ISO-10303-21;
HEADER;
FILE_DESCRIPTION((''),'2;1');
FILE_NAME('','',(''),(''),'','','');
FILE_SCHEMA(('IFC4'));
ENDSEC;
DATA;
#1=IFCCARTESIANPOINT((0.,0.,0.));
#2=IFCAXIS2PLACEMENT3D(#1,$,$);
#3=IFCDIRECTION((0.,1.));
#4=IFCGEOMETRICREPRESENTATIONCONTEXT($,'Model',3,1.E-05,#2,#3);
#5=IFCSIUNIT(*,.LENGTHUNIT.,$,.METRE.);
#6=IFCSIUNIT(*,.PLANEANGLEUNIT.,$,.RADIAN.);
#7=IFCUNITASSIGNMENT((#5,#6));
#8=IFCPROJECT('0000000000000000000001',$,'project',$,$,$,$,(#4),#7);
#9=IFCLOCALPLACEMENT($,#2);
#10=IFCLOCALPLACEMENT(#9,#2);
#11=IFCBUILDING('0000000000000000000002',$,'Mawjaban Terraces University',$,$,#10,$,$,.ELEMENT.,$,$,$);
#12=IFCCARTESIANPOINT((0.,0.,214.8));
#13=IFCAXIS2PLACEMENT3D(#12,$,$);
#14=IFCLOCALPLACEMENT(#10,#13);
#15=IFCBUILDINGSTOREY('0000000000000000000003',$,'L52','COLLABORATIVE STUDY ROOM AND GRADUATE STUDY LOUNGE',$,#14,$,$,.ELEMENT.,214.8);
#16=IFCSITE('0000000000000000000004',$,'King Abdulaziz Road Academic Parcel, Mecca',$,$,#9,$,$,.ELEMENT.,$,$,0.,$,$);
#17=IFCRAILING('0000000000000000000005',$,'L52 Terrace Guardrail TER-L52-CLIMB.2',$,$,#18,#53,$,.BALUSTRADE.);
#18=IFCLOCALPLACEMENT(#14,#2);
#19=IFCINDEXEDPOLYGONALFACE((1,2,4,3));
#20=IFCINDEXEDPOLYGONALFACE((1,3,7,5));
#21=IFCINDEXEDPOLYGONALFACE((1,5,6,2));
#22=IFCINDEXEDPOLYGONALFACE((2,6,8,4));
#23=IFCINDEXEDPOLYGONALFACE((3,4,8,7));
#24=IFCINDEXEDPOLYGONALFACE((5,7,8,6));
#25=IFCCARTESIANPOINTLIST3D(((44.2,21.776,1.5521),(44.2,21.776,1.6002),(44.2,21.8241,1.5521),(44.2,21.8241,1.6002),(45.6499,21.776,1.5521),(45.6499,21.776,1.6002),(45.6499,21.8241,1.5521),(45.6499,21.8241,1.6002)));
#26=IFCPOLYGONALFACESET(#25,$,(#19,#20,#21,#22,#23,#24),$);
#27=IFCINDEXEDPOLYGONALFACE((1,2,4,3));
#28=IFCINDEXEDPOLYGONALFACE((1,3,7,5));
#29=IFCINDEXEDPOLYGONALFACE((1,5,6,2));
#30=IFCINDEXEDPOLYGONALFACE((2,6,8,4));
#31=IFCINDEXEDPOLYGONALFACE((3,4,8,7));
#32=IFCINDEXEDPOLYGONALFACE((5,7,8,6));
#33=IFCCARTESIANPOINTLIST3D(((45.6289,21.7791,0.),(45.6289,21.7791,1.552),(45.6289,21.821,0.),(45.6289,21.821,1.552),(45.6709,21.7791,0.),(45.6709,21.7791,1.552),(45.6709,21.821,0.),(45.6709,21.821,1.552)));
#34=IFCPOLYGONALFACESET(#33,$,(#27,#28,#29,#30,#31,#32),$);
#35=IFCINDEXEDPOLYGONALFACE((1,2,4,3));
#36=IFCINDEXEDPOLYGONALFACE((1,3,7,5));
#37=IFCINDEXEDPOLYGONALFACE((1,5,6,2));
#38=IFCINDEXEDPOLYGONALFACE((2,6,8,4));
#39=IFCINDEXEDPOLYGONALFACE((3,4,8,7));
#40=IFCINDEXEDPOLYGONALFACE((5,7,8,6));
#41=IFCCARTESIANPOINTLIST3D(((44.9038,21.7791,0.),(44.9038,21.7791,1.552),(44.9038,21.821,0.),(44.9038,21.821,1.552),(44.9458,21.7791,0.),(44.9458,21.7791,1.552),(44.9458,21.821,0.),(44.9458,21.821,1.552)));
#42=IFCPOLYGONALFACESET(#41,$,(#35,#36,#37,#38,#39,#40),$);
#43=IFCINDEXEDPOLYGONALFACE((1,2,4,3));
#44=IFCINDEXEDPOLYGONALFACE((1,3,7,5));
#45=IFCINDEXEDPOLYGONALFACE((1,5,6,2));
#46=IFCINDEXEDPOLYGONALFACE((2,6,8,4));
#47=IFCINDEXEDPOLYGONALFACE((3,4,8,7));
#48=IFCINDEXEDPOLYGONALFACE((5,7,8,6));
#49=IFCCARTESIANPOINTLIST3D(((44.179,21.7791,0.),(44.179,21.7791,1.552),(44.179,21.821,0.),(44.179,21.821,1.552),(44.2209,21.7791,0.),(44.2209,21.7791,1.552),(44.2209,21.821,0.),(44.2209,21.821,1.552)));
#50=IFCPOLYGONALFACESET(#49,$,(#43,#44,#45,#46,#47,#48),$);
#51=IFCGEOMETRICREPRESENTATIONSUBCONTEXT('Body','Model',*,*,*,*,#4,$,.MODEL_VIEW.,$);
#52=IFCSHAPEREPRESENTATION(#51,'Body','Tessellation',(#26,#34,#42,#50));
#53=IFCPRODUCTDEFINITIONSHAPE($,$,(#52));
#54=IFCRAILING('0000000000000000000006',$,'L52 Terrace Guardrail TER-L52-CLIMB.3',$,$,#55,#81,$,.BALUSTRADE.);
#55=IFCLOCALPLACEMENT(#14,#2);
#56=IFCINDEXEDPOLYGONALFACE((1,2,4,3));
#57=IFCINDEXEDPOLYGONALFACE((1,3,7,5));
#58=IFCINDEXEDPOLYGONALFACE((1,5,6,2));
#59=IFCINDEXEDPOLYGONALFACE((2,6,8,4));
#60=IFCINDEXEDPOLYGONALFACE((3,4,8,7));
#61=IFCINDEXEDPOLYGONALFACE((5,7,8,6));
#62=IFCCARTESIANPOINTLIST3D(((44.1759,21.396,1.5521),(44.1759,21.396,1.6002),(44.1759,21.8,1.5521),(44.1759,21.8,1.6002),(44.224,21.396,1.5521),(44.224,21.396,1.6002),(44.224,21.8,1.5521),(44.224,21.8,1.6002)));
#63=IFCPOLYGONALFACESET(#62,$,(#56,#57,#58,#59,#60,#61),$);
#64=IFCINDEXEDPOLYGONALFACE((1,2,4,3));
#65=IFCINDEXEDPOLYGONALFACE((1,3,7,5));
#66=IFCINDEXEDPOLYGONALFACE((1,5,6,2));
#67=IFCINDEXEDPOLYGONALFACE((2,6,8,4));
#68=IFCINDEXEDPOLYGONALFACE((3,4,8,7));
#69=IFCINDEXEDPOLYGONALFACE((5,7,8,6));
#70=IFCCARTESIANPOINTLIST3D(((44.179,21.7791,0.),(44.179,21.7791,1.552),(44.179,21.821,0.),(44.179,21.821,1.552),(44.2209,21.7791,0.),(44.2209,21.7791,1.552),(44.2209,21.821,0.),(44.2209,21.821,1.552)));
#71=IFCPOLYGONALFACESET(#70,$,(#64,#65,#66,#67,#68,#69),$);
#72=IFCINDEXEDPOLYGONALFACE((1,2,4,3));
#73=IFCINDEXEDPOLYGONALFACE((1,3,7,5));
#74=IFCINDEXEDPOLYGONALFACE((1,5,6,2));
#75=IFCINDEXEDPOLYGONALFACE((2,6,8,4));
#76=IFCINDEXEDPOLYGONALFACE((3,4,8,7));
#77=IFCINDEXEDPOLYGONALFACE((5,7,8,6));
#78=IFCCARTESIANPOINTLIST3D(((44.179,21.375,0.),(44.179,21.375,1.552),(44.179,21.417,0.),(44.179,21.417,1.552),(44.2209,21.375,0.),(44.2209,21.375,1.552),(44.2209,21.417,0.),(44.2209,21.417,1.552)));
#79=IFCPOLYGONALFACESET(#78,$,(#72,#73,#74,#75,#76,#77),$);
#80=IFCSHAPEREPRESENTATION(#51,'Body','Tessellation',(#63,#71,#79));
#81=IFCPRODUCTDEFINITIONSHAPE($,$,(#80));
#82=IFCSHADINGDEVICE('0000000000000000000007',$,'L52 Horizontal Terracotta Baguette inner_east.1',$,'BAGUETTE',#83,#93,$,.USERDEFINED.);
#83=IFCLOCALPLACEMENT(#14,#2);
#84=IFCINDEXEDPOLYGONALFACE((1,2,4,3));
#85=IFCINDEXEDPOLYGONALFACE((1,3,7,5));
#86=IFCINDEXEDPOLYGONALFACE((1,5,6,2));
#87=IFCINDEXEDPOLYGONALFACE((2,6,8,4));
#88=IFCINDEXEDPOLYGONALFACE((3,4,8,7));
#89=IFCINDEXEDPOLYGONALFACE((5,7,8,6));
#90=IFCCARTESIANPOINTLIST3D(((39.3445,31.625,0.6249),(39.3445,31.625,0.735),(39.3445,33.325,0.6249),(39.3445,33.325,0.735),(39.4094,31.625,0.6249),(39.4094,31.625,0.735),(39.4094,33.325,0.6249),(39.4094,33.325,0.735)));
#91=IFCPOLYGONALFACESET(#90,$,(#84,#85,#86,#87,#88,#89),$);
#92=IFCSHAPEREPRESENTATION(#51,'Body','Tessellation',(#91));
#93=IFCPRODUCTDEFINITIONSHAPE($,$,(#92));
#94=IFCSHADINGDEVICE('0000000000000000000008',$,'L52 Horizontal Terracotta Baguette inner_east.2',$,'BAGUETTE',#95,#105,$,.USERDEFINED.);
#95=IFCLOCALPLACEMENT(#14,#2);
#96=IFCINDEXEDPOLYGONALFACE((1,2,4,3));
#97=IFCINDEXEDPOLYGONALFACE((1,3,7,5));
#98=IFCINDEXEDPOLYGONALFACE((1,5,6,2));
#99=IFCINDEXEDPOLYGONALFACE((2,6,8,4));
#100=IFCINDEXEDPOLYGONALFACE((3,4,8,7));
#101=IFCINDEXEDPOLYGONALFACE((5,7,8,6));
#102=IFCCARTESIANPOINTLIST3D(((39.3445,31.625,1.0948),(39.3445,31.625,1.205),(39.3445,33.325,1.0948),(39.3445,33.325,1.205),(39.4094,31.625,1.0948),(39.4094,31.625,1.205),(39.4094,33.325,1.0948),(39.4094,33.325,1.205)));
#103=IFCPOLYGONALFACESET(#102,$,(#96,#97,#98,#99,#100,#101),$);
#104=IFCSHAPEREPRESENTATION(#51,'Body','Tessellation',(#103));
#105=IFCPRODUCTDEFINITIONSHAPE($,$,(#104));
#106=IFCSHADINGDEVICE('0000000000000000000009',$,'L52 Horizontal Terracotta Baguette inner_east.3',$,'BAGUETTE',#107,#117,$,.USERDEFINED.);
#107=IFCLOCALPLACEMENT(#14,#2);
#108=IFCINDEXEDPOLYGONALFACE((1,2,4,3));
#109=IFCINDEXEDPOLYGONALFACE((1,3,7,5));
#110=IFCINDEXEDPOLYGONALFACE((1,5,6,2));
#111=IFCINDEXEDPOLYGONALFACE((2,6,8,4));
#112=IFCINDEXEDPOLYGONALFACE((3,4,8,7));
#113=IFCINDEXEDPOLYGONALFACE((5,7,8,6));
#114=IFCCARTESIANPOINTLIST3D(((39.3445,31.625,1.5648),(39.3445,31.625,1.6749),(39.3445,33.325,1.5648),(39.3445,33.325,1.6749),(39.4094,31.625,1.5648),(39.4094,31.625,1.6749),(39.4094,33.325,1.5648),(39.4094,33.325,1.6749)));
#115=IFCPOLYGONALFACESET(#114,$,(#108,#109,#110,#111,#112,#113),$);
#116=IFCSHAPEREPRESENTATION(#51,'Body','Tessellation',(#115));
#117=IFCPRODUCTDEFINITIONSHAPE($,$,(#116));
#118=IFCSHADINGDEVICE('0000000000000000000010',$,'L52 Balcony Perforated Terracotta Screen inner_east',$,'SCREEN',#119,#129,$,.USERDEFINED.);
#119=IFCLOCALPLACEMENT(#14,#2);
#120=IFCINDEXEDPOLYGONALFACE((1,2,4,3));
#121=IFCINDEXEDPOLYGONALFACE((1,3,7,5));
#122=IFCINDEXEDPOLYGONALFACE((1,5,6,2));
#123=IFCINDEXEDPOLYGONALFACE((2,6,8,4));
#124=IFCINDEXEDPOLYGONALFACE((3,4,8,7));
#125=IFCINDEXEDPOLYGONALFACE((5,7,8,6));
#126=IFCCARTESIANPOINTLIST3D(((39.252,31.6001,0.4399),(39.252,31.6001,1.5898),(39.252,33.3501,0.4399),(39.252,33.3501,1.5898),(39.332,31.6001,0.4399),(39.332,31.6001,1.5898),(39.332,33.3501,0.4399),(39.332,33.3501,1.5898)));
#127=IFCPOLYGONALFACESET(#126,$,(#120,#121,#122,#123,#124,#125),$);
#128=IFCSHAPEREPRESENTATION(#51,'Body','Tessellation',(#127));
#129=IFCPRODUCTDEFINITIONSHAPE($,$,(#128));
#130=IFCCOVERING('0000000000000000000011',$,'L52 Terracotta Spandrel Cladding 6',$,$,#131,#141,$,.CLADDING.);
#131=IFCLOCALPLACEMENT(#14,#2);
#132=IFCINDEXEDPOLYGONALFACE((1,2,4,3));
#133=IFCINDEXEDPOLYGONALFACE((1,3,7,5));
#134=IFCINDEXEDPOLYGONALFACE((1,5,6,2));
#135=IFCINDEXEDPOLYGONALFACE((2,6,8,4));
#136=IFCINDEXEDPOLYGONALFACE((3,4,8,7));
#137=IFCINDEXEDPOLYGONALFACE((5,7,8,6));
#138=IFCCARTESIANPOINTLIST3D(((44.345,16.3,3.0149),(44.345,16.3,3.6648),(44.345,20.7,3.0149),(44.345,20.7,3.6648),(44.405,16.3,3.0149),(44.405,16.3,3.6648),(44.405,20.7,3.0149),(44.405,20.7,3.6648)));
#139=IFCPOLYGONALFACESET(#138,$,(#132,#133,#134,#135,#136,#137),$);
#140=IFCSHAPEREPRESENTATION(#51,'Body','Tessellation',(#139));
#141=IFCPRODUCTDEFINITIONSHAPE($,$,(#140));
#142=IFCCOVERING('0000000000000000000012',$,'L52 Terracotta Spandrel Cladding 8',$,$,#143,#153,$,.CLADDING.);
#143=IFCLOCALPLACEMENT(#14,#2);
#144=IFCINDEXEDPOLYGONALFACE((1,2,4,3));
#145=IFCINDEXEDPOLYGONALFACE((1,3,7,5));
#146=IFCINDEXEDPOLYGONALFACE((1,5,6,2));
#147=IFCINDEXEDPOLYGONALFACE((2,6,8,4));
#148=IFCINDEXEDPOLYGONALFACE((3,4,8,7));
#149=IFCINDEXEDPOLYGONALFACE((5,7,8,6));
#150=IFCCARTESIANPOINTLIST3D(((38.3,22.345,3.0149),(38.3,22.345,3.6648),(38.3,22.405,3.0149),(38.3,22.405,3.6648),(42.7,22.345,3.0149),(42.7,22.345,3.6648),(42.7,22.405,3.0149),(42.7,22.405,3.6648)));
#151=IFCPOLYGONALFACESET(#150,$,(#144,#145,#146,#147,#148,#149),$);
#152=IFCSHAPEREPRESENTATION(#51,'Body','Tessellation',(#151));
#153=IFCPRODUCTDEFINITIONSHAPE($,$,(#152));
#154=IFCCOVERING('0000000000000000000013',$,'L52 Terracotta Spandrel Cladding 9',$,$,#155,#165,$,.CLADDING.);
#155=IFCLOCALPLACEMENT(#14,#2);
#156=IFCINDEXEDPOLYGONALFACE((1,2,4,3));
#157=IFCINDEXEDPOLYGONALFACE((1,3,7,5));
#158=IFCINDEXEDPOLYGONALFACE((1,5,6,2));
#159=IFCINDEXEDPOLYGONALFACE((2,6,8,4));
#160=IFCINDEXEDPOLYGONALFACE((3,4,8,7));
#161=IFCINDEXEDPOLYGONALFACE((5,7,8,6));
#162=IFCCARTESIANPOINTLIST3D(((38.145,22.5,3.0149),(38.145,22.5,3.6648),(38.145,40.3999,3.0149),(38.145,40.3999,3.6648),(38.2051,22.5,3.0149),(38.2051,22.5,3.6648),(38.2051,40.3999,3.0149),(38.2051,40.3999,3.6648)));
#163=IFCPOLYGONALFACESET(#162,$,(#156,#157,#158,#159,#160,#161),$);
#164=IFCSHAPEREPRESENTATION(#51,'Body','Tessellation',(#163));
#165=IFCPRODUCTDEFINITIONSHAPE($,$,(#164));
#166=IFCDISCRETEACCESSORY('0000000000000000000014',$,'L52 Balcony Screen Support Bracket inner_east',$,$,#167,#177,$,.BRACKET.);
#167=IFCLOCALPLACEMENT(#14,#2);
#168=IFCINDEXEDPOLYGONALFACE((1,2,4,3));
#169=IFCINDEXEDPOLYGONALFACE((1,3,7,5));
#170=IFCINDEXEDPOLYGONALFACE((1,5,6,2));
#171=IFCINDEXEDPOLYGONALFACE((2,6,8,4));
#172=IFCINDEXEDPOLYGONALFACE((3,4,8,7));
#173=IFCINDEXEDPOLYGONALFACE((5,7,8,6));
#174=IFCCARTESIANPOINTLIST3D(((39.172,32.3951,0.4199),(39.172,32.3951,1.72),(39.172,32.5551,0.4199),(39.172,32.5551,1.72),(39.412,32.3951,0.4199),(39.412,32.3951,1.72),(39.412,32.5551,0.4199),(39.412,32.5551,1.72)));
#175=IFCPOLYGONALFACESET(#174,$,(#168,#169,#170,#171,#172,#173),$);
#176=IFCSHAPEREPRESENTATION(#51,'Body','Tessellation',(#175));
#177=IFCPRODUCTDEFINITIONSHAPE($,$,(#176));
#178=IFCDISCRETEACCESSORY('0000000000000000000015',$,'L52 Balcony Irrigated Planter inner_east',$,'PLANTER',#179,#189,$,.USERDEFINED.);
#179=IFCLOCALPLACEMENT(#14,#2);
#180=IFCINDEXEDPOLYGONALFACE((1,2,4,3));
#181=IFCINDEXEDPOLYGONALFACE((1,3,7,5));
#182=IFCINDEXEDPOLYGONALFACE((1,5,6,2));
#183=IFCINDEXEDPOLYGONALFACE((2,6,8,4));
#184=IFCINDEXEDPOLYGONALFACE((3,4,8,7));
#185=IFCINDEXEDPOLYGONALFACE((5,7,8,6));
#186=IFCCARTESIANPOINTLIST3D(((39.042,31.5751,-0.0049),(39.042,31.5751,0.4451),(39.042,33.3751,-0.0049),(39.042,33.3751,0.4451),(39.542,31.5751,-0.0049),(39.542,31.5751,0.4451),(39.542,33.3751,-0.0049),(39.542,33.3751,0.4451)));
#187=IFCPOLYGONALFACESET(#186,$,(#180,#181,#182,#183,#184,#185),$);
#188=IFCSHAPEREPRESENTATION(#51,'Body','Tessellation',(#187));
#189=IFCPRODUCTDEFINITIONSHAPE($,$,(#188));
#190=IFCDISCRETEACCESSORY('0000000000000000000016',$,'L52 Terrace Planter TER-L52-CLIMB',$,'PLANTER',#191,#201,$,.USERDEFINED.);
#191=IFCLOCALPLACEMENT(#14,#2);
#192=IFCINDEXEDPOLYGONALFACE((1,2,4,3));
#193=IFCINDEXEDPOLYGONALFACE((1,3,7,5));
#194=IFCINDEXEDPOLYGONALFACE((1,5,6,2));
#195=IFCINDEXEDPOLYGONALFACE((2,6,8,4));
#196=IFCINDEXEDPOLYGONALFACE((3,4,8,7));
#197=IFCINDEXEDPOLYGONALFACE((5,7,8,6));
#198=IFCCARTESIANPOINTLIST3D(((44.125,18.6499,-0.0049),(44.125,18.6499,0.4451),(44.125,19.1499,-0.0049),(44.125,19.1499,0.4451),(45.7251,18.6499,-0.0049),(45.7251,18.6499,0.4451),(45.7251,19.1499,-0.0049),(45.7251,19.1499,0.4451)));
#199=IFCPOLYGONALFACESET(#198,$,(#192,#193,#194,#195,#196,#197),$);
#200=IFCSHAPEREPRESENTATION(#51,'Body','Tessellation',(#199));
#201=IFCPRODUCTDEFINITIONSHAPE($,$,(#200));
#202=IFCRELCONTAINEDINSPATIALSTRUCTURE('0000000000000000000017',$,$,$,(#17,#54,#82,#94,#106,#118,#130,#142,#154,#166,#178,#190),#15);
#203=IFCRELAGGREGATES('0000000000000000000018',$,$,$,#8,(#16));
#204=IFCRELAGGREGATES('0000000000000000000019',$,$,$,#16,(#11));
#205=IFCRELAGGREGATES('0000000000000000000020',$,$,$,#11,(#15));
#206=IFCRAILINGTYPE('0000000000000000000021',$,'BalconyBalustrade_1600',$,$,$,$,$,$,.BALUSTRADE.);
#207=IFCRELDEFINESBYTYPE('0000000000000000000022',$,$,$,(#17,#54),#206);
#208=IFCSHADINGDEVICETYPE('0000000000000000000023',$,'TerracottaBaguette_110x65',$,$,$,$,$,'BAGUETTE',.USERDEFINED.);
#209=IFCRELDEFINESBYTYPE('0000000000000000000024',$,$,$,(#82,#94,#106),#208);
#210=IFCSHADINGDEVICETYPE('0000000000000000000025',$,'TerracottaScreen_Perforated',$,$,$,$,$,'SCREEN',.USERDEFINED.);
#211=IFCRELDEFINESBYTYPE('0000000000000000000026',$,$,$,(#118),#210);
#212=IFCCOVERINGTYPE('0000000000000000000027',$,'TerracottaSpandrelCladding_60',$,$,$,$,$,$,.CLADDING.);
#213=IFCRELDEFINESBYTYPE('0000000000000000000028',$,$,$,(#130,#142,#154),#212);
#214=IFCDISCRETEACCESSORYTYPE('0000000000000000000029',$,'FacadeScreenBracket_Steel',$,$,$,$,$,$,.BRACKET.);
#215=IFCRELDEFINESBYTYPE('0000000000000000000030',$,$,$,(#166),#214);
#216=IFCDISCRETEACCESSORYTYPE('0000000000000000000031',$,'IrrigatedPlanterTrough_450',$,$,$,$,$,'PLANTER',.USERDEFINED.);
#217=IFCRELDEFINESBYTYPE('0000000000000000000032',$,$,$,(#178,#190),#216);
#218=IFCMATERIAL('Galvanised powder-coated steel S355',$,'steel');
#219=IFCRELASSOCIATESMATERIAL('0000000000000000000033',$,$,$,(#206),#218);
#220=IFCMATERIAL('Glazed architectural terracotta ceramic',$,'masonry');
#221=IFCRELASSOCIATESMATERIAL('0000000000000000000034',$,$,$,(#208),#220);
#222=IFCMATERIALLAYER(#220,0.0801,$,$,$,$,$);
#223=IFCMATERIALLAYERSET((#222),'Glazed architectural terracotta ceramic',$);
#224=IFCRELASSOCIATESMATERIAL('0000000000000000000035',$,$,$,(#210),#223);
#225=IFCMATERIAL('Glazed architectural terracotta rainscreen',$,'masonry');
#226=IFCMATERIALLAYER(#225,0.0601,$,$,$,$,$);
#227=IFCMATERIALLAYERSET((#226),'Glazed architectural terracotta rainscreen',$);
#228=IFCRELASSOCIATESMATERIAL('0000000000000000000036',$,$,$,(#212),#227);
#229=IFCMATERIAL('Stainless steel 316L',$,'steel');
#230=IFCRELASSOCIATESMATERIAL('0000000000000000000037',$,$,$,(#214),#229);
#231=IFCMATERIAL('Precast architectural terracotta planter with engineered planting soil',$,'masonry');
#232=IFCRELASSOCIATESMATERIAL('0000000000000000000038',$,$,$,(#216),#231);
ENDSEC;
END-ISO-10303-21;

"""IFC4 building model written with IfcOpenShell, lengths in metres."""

from ifc_helpers import new_model, si_unit, direction, frame, origin, origin_2d, place, context, subcontext, project, spatial, rectangle, extrude, material, layer, layer_set, material_profile, profile_set, type_object, element, save


model = new_model("IFC4")

# Units and contexts
model_context = context("Model", 3, precision=1e-05, world=origin(), true_north=direction((0.0, 1.0)))
body_context = subcontext(model_context, "Body", "Model", "MODEL_VIEW")
ifc_project = project(units=[si_unit("LENGTHUNIT", "METRE"), si_unit("PLANEANGLEUNIT", "RADIAN")], contexts=[model_context])

# Site, building, storey
site_placement = place(None, origin())
site = spatial("IfcSite", under=ifc_project, at=site_placement, Name="King Abdulaziz Road Academic Parcel, Mecca", CompositionType="ELEMENT", RefElevation=0.0)
building_placement = place(site_placement, origin())
building = spatial("IfcBuilding", under=site, at=building_placement, Name="Mawjaban Terraces University", CompositionType="ELEMENT")
storey_placement = place(building_placement, frame((0.0, 0.0, 214.8)))
storey = spatial("IfcBuildingStorey", under=building, at=storey_placement, Name="L52", Description="COLLABORATIVE STUDY ROOM AND GRADUATE STUDY LOUNGE", CompositionType="ELEMENT", Elevation=214.8)

# Railings
ifc_material_1 = material(Name="Galvanised powder-coated steel S355", Category="steel")
railing_type = type_object("IfcRailingType", Name="BalconyBalustrade_1600", PredefinedType="BALUSTRADE", material=ifc_material_1)
railing_1_placement = place(storey_placement, frame((45.6499, 21.8, 0.0)))
element("IfcRailing", 1, at=railing_1_placement, inside=storey, type_object=railing_type, Name="L52 Terrace Guardrail TER-L52-CLIMB.2", PredefinedType="BALUSTRADE", context=body_context, shape_type="SweptSolid", body=[
    extrude(rectangle(XDim=0.0481, YDim=0.0481, at=origin_2d()), frame((0.0, 0.0, 1.5762), z_axis=(-1.0, 0.0, 0.0), x_axis=(0.0, -1.0, 0.0)), (0.0, 0.0, 1.0), 1.45),
    extrude(rectangle(XDim=0.042, YDim=0.042, at=origin_2d()), origin(), (0.0, 0.0, 1.0), 1.552),
    extrude(rectangle(XDim=0.042, YDim=0.042, at=origin_2d()), frame((-0.7251, 0.0, 0.0)), (0.0, 0.0, 1.0), 1.552),
    extrude(rectangle(XDim=0.042, YDim=0.042, at=origin_2d()), frame((-1.45, 0.0, 0.0)), (0.0, 0.0, 1.0), 1.552),
])
railing_2_placement = place(storey_placement, frame((44.2, 21.8, 0.0)))
element("IfcRailing", 2, at=railing_2_placement, inside=storey, type_object=railing_type, Name="L52 Terrace Guardrail TER-L52-CLIMB.3", PredefinedType="BALUSTRADE", context=body_context, shape_type="SweptSolid", body=[
    extrude(rectangle(XDim=0.0481, YDim=0.0481, at=origin_2d()), frame((0.0, 0.0, 1.5762), z_axis=(0.0, -1.0, 0.0), x_axis=(1.0, 0.0, 0.0)), (0.0, 0.0, 1.0), 0.4041),
    extrude(rectangle(XDim=0.042, YDim=0.042, at=origin_2d()), origin(), (0.0, 0.0, 1.0), 1.552),
    extrude(rectangle(XDim=0.042, YDim=0.042, at=origin_2d()), frame((0.0, -0.4041, 0.0)), (0.0, 0.0, 1.0), 1.552),
])

# Shading devices
ifc_material_2 = material(Name="Glazed architectural terracotta ceramic", Category="masonry")
ifc_material_profile_1 = material_profile(ifc_material_2, rectangle(XDim=0.0649, YDim=0.1101, at=origin_2d()), Name="TBAG110X65")
ifc_profile_set_1 = profile_set([ifc_material_profile_1], Name="Glazed architectural terracotta ceramic")
shading_device_type_1 = type_object("IfcShadingDeviceType", Name="TerracottaBaguette_110x65", ElementType="BAGUETTE", PredefinedType="USERDEFINED", material=ifc_profile_set_1)
for number, where, z_axis, x_axis, name in (
    (3, (39.377, 31.625, 0.6799), (0.0, 1.0, 0.0), (-1.0, 0.0, 0.0), "L52 Horizontal Terracotta Baguette inner_east.1"),
    (4, (39.377, 31.625, 1.1499), (0.0, 1.0, 0.0), (-1.0, 0.0, 0.0), "L52 Horizontal Terracotta Baguette inner_east.2"),
    (5, (39.377, 31.625, 1.6199), (0.0, 1.0, 0.0), (-1.0, 0.0, 0.0), "L52 Horizontal Terracotta Baguette inner_east.3"),
):
    element("IfcShadingDevice", number, at=place(storey_placement, frame(where, z_axis=z_axis, x_axis=x_axis)), inside=storey, type_object=shading_device_type_1, Name=name, ObjectType="BAGUETTE", PredefinedType="USERDEFINED", context=body_context, shape_type="SweptSolid", body=[
        extrude(rectangle(XDim=0.0649, YDim=0.1101, at=origin_2d()), origin(), (0.0, 0.0, 1.0), 1.7),
    ])
ifc_layer_1 = layer(ifc_material_2, 0.0801)
ifc_layer_set_1 = layer_set([ifc_layer_1], Name="Glazed architectural terracotta ceramic")
shading_device_type_2 = type_object("IfcShadingDeviceType", Name="TerracottaScreen_Perforated", ElementType="SCREEN", PredefinedType="USERDEFINED", material=ifc_layer_set_1)
shading_device_placement = place(storey_placement, frame((39.292, 32.4751, 0.4399), z_axis=(0.0, 0.0, 1.0), x_axis=(0.0, 1.0, 0.0)))
element("IfcShadingDevice", 6, at=shading_device_placement, inside=storey, type_object=shading_device_type_2, Name="L52 Balcony Perforated Terracotta Screen inner_east", ObjectType="SCREEN", PredefinedType="USERDEFINED", context=body_context, shape_type="SweptSolid", body=[
    extrude(rectangle(XDim=1.75, YDim=0.0801, at=origin_2d()), origin(), (0.0, 0.0, 1.0), 1.1499),
])

# Coverings
ifc_material_3 = material(Name="Glazed architectural terracotta rainscreen", Category="masonry")
ifc_layer_2 = layer(ifc_material_3, 0.0601)
ifc_layer_set_2 = layer_set([ifc_layer_2], Name="Glazed architectural terracotta rainscreen")
covering_type = type_object("IfcCoveringType", Name="TerracottaSpandrelCladding_60", PredefinedType="CLADDING", material=ifc_layer_set_2)
for number, where, z_axis, x_axis, name in (
    (7, (44.375, 18.5, 3.0149), (0.0, 0.0, 1.0), (0.0, 1.0, 0.0), "L52 Terracotta Spandrel Cladding 6"),
    (8, (40.5, 22.375, 3.0149), (0.0, 0.0, 1.0), (-1.0, 0.0, 0.0), "L52 Terracotta Spandrel Cladding 8"),
):
    element("IfcCovering", number, at=place(storey_placement, frame(where, z_axis=z_axis, x_axis=x_axis)), inside=storey, type_object=covering_type, Name=name, PredefinedType="CLADDING", context=body_context, shape_type="SweptSolid", body=[
        extrude(rectangle(XDim=4.3999, YDim=0.0601, at=origin_2d()), origin(), (0.0, 0.0, 1.0), 0.6499),
    ])
covering_placement = place(storey_placement, frame((38.175, 31.45, 3.0149), z_axis=(0.0, 0.0, 1.0), x_axis=(0.0, 1.0, 0.0)))
element("IfcCovering", 9, at=covering_placement, inside=storey, type_object=covering_type, Name="L52 Terracotta Spandrel Cladding 9", PredefinedType="CLADDING", context=body_context, shape_type="SweptSolid", body=[
    extrude(rectangle(XDim=17.8999, YDim=0.0601, at=origin_2d()), origin(), (0.0, 0.0, 1.0), 0.6499),
])

# Discrete accessories
ifc_material_4 = material(Name="Stainless steel 316L", Category="steel")
discrete_accessory_type_1 = type_object("IfcDiscreteAccessoryType", Name="FacadeScreenBracket_Steel", PredefinedType="BRACKET", material=ifc_material_4)
discrete_accessory_1_placement = place(storey_placement, frame((39.292, 32.4751, 0.4199), z_axis=(0.0, 0.0, 1.0), x_axis=(0.0, 1.0, 0.0)))
element("IfcDiscreteAccessory", 10, at=discrete_accessory_1_placement, inside=storey, type_object=discrete_accessory_type_1, Name="L52 Balcony Screen Support Bracket inner_east", PredefinedType="BRACKET", context=body_context, shape_type="SweptSolid", body=[
    extrude(rectangle(XDim=0.1599, YDim=0.24, at=origin_2d()), origin(), (0.0, 0.0, 1.0), 1.3),
])
ifc_material_5 = material(Name="Precast architectural terracotta planter with engineered planting soil", Category="masonry")
discrete_accessory_type_2 = type_object("IfcDiscreteAccessoryType", Name="IrrigatedPlanterTrough_450", ElementType="PLANTER", PredefinedType="USERDEFINED", material=ifc_material_5)
discrete_accessory_2_placement = place(storey_placement, frame((39.292, 32.4751, -0.0049), z_axis=(0.0, 0.0, 1.0), x_axis=(0.0, 1.0, 0.0)))
element("IfcDiscreteAccessory", 11, at=discrete_accessory_2_placement, inside=storey, type_object=discrete_accessory_type_2, Name="L52 Balcony Irrigated Planter inner_east", ObjectType="PLANTER", PredefinedType="USERDEFINED", context=body_context, shape_type="SweptSolid", body=[
    extrude(rectangle(XDim=1.8, YDim=0.5, at=origin_2d()), origin(), (0.0, 0.0, 1.0), 0.45),
])
discrete_accessory_3_placement = place(storey_placement, frame((44.925, 18.8999, -0.0049), z_axis=(0.0, 0.0, 1.0), x_axis=(1.0, 0.0, 0.0)))
element("IfcDiscreteAccessory", 12, at=discrete_accessory_3_placement, inside=storey, type_object=discrete_accessory_type_2, Name="L52 Terrace Planter TER-L52-CLIMB", ObjectType="PLANTER", PredefinedType="USERDEFINED", context=body_context, shape_type="SweptSolid", body=[
    extrude(rectangle(XDim=1.6001, YDim=0.5, at=origin_2d()), origin(), (0.0, 0.0, 1.0), 0.45),
])

save(model, "model.ifc")
